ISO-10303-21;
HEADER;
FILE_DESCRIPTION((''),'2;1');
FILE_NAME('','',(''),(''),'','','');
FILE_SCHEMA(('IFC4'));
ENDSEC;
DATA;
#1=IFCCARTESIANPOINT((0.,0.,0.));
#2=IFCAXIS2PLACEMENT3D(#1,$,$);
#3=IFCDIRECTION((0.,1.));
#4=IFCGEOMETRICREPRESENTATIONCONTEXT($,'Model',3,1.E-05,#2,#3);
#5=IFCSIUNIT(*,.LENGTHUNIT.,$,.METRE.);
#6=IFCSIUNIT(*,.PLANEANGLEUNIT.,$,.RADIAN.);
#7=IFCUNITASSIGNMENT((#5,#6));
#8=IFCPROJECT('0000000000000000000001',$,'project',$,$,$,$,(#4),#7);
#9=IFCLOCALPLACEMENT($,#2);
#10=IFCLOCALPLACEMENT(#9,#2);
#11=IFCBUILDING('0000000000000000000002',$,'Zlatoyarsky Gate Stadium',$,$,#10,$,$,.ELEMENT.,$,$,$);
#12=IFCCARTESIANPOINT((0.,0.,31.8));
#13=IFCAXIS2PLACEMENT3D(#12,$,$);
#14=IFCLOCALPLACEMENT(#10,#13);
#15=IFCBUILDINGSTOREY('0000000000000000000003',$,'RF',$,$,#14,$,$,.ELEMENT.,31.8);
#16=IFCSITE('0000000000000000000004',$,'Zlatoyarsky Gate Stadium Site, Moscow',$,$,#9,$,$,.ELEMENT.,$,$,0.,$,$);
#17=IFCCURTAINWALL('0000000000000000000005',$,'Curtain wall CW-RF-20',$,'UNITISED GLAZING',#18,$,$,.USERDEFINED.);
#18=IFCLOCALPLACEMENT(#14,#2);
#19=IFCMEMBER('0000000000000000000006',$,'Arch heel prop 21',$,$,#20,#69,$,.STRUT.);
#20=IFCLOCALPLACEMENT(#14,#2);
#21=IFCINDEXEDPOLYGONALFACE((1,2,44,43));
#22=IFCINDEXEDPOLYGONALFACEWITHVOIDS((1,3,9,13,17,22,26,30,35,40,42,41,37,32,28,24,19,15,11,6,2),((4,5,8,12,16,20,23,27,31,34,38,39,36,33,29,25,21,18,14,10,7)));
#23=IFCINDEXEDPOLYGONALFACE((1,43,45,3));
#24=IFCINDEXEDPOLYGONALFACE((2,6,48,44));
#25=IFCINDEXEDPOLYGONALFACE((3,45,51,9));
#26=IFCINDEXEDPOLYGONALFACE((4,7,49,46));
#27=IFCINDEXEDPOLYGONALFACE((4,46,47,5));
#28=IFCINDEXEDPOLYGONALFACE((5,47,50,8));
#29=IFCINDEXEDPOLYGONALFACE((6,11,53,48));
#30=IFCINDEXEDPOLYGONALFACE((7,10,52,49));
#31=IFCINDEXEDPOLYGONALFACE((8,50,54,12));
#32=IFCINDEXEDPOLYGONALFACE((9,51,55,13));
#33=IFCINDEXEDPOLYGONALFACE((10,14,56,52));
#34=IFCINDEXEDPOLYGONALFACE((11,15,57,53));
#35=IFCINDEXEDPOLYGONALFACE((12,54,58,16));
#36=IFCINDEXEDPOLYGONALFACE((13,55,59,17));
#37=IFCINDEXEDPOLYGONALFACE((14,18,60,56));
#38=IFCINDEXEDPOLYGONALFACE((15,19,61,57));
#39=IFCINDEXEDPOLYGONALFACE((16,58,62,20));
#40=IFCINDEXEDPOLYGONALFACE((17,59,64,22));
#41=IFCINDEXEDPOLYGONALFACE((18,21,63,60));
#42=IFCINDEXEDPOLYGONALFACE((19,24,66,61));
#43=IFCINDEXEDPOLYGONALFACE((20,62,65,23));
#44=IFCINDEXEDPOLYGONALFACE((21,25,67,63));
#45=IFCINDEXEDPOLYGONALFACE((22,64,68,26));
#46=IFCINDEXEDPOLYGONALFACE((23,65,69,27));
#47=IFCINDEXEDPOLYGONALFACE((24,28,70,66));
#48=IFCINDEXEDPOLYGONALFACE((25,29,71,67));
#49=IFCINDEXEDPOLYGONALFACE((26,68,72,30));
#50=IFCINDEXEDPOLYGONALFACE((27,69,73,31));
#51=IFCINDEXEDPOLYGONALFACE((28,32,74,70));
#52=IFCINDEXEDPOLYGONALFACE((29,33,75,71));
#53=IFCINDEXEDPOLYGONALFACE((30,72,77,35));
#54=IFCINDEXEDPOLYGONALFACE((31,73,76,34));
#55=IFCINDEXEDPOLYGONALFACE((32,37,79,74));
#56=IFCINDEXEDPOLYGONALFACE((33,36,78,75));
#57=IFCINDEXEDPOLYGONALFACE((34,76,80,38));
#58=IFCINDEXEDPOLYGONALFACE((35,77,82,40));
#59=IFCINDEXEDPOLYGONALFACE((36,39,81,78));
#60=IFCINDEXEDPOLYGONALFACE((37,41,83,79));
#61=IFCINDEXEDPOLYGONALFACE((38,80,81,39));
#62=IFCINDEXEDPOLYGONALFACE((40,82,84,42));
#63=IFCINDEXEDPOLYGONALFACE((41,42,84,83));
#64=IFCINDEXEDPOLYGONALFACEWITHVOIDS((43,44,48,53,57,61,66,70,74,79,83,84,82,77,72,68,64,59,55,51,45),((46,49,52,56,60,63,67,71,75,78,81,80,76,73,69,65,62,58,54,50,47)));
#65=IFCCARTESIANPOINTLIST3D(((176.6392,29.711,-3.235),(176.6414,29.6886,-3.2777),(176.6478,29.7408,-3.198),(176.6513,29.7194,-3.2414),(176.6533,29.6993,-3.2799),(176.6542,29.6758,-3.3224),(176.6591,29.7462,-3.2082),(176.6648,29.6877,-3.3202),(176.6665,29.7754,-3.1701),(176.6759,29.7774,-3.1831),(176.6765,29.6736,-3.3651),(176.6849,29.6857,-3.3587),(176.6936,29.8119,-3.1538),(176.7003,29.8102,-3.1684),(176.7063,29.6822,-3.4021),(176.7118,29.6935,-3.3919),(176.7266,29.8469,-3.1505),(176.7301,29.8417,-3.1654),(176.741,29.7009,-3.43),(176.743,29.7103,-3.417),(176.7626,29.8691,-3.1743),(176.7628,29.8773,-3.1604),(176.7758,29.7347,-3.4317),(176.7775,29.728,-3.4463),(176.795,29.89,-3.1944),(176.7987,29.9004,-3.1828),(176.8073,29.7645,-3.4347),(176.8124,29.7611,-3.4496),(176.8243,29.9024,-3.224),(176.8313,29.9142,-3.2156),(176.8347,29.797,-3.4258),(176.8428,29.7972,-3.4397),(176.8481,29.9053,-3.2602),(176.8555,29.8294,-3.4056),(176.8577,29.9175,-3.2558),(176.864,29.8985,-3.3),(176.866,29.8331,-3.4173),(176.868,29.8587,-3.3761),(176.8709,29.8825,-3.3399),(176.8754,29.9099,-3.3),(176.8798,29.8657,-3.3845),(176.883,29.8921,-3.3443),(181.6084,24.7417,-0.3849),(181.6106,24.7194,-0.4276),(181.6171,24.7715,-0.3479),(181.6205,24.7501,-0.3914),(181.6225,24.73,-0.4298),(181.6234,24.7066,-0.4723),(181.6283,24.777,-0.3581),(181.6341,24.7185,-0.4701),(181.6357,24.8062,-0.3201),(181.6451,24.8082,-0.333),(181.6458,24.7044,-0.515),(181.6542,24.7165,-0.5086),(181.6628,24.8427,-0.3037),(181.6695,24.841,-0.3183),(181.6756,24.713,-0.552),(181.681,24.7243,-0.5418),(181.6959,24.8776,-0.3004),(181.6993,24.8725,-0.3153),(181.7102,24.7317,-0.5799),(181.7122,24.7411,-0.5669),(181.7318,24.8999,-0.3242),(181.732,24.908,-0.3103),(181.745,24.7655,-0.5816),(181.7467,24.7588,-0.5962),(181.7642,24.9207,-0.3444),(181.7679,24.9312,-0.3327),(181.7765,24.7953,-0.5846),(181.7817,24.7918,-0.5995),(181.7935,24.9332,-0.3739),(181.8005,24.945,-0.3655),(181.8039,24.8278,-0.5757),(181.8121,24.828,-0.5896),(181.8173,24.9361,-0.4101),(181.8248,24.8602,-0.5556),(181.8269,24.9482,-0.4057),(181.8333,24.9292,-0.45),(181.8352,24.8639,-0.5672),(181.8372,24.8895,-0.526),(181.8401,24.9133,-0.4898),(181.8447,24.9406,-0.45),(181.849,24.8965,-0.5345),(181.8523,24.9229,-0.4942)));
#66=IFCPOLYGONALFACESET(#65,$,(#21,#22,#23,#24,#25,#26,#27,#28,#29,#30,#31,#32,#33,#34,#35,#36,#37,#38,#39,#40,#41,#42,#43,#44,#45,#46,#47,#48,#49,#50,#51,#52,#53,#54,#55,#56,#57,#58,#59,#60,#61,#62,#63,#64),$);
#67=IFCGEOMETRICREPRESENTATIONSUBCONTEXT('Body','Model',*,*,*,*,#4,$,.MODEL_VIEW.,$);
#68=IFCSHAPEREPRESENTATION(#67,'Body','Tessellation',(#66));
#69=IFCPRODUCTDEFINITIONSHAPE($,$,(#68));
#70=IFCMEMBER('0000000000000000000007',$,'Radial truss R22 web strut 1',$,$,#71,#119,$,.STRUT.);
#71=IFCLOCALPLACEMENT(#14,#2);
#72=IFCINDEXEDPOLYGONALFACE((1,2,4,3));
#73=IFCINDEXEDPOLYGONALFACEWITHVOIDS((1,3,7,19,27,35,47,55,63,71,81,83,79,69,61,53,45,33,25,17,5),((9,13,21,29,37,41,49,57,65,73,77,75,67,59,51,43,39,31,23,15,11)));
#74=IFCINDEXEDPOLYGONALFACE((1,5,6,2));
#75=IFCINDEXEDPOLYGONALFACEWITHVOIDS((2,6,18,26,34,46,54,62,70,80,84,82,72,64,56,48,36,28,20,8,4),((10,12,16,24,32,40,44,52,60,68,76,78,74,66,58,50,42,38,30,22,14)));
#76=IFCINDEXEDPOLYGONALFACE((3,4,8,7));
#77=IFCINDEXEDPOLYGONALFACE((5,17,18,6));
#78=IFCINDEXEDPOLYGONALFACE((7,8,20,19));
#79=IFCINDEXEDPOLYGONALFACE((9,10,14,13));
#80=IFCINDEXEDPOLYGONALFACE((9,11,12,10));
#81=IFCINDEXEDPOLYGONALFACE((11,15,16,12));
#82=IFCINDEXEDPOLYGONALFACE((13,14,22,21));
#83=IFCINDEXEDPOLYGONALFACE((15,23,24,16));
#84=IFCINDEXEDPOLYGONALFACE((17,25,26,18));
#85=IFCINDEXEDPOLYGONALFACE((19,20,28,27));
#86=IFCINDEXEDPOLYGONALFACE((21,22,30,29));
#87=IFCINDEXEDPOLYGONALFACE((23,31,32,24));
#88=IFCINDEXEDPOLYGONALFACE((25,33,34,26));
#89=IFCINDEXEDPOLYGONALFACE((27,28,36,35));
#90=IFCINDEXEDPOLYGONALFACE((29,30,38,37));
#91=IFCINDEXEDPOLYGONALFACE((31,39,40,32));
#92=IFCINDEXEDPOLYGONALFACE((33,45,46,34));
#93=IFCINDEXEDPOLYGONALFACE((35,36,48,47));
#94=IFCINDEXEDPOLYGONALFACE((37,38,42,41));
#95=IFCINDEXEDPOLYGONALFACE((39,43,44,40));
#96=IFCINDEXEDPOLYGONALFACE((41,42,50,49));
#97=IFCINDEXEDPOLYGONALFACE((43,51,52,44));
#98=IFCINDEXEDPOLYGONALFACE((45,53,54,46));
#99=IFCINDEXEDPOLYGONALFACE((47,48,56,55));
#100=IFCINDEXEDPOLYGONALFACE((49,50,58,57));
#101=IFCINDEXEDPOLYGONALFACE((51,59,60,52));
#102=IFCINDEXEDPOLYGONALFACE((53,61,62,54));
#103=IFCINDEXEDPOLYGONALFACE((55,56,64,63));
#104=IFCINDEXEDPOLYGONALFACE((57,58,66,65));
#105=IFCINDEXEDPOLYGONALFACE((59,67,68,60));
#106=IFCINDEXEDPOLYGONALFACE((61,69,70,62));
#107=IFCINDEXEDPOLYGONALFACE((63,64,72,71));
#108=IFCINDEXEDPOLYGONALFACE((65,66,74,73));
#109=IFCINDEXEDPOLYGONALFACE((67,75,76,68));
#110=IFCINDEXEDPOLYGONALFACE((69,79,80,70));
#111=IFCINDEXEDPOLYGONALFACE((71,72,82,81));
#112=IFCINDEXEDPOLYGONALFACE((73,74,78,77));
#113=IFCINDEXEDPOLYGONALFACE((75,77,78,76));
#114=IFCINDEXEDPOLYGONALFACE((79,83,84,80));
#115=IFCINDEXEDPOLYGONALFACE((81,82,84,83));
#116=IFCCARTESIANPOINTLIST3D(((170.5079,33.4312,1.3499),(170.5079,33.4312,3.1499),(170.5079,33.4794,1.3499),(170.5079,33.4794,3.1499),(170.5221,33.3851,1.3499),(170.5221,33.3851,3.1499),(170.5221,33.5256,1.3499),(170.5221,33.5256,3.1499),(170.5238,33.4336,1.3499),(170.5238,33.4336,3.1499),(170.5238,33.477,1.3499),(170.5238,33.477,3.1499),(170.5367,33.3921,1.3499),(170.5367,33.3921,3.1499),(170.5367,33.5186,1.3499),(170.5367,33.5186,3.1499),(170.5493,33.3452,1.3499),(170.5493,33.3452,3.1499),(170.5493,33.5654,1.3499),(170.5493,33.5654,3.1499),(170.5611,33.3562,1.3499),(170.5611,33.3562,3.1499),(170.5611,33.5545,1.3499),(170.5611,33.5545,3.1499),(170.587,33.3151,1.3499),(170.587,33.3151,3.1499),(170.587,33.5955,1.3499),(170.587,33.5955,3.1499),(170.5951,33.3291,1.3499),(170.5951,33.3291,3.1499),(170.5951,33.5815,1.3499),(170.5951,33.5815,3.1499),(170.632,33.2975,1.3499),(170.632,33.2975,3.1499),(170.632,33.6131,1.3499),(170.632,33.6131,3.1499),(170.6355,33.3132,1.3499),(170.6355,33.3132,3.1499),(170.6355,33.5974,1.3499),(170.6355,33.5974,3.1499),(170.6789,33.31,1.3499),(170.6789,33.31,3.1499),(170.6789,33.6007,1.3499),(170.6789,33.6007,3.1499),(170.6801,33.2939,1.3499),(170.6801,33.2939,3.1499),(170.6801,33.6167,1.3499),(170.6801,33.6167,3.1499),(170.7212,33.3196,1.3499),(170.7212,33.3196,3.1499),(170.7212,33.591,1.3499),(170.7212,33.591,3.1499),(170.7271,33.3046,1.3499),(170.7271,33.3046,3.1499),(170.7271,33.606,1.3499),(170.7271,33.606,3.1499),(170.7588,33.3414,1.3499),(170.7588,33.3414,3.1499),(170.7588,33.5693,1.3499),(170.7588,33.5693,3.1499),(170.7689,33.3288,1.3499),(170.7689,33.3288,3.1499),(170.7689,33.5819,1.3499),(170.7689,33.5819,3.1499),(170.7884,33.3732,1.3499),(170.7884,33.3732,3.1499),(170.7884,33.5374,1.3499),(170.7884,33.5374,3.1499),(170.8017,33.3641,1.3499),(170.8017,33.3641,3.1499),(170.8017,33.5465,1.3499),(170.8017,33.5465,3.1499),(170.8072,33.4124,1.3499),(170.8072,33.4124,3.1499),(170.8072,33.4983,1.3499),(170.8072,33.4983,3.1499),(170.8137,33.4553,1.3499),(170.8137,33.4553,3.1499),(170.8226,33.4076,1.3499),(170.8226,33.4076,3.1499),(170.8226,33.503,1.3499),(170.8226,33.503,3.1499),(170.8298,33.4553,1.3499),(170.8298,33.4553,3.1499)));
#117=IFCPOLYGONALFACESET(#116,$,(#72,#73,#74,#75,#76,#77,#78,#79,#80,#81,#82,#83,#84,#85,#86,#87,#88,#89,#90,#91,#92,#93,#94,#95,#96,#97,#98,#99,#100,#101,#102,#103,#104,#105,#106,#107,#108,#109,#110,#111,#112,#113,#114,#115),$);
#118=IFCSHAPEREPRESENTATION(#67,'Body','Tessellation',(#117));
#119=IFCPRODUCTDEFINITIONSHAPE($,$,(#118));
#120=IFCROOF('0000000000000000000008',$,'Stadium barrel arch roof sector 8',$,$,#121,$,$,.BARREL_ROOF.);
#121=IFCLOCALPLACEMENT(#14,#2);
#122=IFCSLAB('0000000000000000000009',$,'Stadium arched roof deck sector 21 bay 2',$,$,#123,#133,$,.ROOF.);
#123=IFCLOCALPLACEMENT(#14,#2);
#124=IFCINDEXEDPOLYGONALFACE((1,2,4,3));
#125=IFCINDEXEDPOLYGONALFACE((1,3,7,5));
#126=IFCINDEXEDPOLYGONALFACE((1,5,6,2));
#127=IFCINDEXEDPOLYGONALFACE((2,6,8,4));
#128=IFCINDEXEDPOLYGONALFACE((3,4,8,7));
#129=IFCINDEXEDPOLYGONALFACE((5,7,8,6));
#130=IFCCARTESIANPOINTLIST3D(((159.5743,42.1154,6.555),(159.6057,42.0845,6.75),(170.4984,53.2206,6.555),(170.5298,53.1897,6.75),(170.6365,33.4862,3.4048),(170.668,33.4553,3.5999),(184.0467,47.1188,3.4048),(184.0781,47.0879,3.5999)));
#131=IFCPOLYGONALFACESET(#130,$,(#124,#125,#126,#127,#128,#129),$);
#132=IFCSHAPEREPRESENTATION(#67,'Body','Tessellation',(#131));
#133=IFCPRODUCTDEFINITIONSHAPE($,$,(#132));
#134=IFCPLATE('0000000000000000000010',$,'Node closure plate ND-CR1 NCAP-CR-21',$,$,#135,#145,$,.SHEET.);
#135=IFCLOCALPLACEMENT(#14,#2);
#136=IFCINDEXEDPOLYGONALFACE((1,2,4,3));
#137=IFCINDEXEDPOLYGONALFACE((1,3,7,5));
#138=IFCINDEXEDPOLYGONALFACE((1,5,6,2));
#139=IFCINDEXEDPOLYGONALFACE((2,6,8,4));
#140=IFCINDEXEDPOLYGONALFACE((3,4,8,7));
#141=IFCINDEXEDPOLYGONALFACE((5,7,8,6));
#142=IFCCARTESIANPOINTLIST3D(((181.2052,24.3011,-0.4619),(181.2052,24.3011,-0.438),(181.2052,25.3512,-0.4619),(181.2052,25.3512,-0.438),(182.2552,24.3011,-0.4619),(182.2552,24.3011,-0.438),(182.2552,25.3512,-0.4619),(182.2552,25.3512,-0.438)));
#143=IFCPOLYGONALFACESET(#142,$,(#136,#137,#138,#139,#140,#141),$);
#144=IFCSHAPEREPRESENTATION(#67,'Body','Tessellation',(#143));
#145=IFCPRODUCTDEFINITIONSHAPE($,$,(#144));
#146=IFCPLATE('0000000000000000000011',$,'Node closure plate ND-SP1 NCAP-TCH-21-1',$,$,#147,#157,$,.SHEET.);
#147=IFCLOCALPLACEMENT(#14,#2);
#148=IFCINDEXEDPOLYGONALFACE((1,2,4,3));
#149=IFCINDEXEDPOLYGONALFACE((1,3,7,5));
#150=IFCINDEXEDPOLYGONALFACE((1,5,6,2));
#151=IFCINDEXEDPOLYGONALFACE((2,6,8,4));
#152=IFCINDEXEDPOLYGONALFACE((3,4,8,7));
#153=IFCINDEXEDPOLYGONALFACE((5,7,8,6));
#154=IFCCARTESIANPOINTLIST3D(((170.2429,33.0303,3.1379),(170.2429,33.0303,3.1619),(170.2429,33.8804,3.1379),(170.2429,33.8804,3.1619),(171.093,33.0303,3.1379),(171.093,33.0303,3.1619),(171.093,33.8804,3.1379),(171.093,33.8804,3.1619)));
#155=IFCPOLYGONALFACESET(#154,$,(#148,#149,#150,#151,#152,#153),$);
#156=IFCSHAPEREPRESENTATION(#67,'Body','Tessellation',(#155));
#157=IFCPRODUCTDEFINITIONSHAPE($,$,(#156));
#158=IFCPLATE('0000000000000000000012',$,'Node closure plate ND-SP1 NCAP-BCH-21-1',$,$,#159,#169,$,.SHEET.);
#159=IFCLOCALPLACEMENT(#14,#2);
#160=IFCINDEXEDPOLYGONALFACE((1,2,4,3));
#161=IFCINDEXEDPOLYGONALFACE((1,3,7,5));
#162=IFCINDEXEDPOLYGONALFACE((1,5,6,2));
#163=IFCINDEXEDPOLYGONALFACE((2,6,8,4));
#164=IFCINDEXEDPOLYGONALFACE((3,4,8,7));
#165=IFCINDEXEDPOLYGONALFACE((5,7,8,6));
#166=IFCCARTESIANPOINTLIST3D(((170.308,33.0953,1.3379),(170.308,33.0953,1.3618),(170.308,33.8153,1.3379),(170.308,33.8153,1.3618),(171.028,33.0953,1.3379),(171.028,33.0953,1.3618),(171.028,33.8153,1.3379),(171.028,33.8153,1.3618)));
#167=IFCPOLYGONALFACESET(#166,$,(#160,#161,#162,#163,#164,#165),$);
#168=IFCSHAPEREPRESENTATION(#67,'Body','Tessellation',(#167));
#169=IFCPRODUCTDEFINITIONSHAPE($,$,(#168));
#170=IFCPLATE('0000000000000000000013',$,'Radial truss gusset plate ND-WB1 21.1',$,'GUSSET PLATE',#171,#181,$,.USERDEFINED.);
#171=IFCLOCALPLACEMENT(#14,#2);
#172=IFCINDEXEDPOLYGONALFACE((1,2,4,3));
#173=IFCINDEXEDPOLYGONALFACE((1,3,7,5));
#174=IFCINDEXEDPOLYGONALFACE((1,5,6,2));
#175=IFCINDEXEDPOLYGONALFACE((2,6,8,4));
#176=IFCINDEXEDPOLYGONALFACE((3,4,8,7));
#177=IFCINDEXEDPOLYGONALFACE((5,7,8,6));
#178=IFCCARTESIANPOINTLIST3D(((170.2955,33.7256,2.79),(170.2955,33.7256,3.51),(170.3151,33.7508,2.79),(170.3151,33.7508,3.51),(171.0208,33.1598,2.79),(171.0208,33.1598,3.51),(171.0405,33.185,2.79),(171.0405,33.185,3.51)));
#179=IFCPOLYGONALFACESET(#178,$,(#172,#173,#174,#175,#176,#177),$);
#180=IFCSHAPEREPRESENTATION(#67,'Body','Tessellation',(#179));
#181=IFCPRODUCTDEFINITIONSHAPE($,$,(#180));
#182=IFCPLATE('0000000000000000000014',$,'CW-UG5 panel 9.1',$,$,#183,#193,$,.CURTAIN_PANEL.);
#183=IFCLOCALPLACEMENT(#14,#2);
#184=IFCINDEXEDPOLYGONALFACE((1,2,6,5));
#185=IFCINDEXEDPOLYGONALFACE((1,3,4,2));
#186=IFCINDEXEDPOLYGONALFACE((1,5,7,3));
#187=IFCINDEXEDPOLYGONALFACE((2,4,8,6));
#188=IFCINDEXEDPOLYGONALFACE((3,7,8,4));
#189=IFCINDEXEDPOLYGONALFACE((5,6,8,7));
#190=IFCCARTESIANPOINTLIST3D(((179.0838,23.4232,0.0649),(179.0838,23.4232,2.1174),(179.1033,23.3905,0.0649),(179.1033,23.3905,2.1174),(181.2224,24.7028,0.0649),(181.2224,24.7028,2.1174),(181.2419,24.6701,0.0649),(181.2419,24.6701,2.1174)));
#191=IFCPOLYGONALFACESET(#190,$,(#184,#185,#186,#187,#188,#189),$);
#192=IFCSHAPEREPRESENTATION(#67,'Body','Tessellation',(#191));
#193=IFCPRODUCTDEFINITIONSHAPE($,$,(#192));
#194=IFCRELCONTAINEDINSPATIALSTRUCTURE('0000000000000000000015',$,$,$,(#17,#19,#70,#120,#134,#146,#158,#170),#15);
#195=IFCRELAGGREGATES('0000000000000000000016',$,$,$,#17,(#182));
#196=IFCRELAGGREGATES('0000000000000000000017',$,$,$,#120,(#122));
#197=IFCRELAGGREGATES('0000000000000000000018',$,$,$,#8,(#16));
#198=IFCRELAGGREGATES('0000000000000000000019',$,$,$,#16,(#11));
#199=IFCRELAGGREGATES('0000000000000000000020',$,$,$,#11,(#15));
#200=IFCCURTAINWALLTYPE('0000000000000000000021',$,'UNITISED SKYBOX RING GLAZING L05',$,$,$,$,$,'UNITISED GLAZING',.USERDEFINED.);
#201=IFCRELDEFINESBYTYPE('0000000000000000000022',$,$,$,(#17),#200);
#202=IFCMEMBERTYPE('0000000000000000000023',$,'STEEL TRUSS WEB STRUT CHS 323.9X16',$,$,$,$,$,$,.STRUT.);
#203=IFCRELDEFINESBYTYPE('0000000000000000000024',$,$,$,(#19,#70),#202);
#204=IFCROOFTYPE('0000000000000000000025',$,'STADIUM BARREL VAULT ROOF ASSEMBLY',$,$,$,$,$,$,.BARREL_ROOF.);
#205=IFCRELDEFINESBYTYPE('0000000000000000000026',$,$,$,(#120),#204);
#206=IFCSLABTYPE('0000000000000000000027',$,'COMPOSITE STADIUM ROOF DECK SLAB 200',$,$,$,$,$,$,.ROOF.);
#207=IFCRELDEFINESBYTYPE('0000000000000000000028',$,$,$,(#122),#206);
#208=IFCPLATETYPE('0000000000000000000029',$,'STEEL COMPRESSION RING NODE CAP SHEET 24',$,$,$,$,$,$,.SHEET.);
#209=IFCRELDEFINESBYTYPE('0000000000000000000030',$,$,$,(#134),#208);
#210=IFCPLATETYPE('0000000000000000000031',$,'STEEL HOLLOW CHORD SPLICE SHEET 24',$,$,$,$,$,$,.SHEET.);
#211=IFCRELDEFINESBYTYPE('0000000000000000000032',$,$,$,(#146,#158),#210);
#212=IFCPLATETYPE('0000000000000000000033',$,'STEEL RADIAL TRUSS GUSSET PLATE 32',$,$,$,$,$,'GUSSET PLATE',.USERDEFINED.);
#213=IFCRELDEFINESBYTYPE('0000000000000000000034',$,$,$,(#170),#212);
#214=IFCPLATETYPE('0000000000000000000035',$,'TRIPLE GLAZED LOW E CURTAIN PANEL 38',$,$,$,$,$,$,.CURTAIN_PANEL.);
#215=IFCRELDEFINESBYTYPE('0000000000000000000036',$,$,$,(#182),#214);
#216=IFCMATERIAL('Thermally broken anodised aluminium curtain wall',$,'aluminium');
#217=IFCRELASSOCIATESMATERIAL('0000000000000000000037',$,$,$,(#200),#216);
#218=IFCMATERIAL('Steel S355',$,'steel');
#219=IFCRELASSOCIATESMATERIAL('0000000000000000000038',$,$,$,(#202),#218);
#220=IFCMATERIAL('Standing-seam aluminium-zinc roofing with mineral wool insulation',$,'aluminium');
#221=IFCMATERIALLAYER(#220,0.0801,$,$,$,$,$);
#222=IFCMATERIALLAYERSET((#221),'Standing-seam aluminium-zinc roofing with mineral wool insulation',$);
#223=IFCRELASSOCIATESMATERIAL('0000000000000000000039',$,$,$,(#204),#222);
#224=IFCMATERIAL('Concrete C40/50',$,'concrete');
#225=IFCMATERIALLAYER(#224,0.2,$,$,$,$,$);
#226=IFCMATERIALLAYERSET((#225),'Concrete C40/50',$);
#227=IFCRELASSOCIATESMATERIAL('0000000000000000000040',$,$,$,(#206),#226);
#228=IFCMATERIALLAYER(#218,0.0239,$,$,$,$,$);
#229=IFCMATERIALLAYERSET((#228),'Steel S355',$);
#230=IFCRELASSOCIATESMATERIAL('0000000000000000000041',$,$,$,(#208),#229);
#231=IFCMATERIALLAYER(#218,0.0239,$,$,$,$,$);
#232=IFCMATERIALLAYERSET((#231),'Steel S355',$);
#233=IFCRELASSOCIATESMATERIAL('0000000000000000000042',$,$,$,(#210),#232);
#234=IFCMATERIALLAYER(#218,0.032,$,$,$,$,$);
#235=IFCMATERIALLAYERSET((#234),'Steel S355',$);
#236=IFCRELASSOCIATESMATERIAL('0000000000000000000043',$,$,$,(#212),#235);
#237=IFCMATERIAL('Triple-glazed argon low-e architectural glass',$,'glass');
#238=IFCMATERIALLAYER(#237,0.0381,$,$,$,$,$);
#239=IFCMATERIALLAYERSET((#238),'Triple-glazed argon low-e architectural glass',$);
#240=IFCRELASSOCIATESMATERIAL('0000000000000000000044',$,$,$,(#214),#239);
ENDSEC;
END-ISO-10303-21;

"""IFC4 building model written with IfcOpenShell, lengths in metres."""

from ifc_helpers import new_model, si_unit, direction, frame, origin, origin_2d, place, context, subcontext, project, spatial, polyline, rectangle, hollow_circle, outline, extrude, material, layer, layer_set, material_profile, profile_set, type_object, element, aggregate, save


model = new_model("IFC4")

# Units and contexts
model_context = context("Model", 3, precision=1e-05, world=origin(), true_north=direction((0.0, 1.0)))
body_context = subcontext(model_context, "Body", "Model", "MODEL_VIEW")
ifc_project = project(units=[si_unit("LENGTHUNIT", "METRE"), si_unit("PLANEANGLEUNIT", "RADIAN")], contexts=[model_context])

# Site, building, storey
site_placement = place(None, origin())
site = spatial("IfcSite", under=ifc_project, at=site_placement, Name="Zlatoyarsky Gate Stadium Site, Moscow", CompositionType="ELEMENT", RefElevation=0.0)
building_placement = place(site_placement, origin())
building = spatial("IfcBuilding", under=site, at=building_placement, Name="Zlatoyarsky Gate Stadium", CompositionType="ELEMENT")
storey_placement = place(building_placement, frame((0.0, 0.0, 31.8)))
storey = spatial("IfcBuildingStorey", under=building, at=storey_placement, Name="RF", CompositionType="ELEMENT", Elevation=31.8)

# Curtain wall
ifc_material_1 = material(Name="Thermally broken anodised aluminium curtain wall", Category="aluminium")
curtain_wall_type = type_object("IfcCurtainWallType", Name="UNITISED SKYBOX RING GLAZING L05", ElementType="UNITISED GLAZING", PredefinedType="USERDEFINED", material=ifc_material_1)
curtain_wall_placement = place(storey_placement, origin())
curtain_wall = element("IfcCurtainWall", 1, at=curtain_wall_placement, inside=storey, type_object=curtain_wall_type, Name="Curtain wall CW-RF-20", ObjectType="UNITISED GLAZING", PredefinedType="USERDEFINED")

# Shared definitions
ifc_material_2 = material(Name="Steel S355", Category="steel")

# Members
ifc_material_profile_1 = material_profile(ifc_material_2, hollow_circle(Radius=0.1619, WallThickness=0.0161, at=origin_2d()), Name="CHS 323.9X16")
ifc_profile_set_1 = profile_set([ifc_material_profile_1], Name="Steel S355")
member_type_1 = type_object("IfcMemberType", Name="STEEL TRUSS WEB STRUT CHS 323.9X16", PredefinedType="STRUT", material=ifc_profile_set_1)
member_1_placement = place(storey_placement, frame((176.761, 29.7954, -3.3), z_axis=(0.655268, -0.655268, 0.375828), x_axis=(0.707107, 0.707107, 0.0)))
element("IfcMember", 2, at=member_1_placement, inside=storey, type_object=member_type_1, Name="Arch heel prop 21", PredefinedType="STRUT", context=body_context, shape_type="SweptSolid", body=[
    extrude(hollow_circle(Radius=0.1619, WallThickness=0.0161, at=origin_2d()), origin(), (0.0, 0.0, 1.0), 7.5835),
])
member_2_placement = place(storey_placement, frame((170.668, 33.4553, 1.3499), z_axis=(0.0, 0.0, 1.0), x_axis=(1.0, 0.0, 0.0)))
element("IfcMember", 3, at=member_2_placement, inside=storey, type_object=member_type_1, Name="Radial truss R22 web strut 1", PredefinedType="STRUT", context=body_context, shape_type="SweptSolid", body=[
    extrude(hollow_circle(Radius=0.1619, WallThickness=0.0161, at=origin_2d()), origin(), (0.0, 0.0, 1.0), 1.8),
])

# Roof, slab
ifc_material_3 = material(Name="Standing-seam aluminium-zinc roofing with mineral wool insulation", Category="aluminium")
ifc_layer_1 = layer(ifc_material_3, 0.0801)
ifc_layer_set_1 = layer_set([ifc_layer_1], Name="Standing-seam aluminium-zinc roofing with mineral wool insulation")
roof_type = type_object("IfcRoofType", Name="STADIUM BARREL VAULT ROOF ASSEMBLY", PredefinedType="BARREL_ROOF", material=ifc_layer_set_1)
roof_placement = place(storey_placement, origin())
roof = element("IfcRoof", 4, at=roof_placement, inside=storey, type_object=roof_type, Name="Stadium barrel arch roof sector 8", PredefinedType="BARREL_ROOF")
ifc_material_4 = material(Name="Concrete C40/50", Category="concrete")
ifc_layer_2 = layer(ifc_material_4, 0.2)
ifc_layer_set_2 = layer_set([ifc_layer_2], Name="Concrete C40/50")
slab_type = type_object("IfcSlabType", Name="COMPOSITE STADIUM ROOF DECK SLAB 200", PredefinedType="ROOF", material=ifc_layer_set_2)
slab_placement = place(storey_placement, frame((170.668, 33.4553, 3.5999), z_axis=(0.157163, -0.1546, 0.975397), x_axis=(0.701268, 0.712898, 0.0)))
slab = element("IfcSlab", 5, at=slab_placement, type_object=slab_type, Name="Stadium arched roof deck sector 21 bay 2", PredefinedType="ROOF", context=body_context, shape_type="SweptSolid", body=[
    extrude(outline(polyline([(0.0, 0.0), (19.1227, 0.0), (13.9717, 14.2891), (-1.6059, 14.2892), (0.0, 0.0)])), origin(), (0.0, 0.0, -1.0), 0.2),
])

# Plates
ifc_layer_3 = layer(ifc_material_2, 0.0239)
ifc_layer_set_3 = layer_set([ifc_layer_3], Name="Steel S355")
plate_type_1 = type_object("IfcPlateType", Name="STEEL COMPRESSION RING NODE CAP SHEET 24", PredefinedType="SHEET", material=ifc_layer_set_3)
plate_1_placement = place(storey_placement, frame((181.7302, 24.8262, -0.4619), z_axis=(0.0, 0.0, 1.0), x_axis=(1.0, 0.0, 0.0)))
element("IfcPlate", 6, at=plate_1_placement, inside=storey, type_object=plate_type_1, Name="Node closure plate ND-CR1 NCAP-CR-21", PredefinedType="SHEET", context=body_context, shape_type="SweptSolid", body=[
    extrude(rectangle(XDim=1.05, YDim=1.05, at=origin_2d()), origin(), (0.0, 0.0, 1.0), 0.0239),
])
ifc_layer_4 = layer(ifc_material_2, 0.0239)
ifc_layer_set_4 = layer_set([ifc_layer_4], Name="Steel S355")
plate_type_2 = type_object("IfcPlateType", Name="STEEL HOLLOW CHORD SPLICE SHEET 24", PredefinedType="SHEET", material=ifc_layer_set_4)
plate_2_placement = place(storey_placement, frame((170.668, 33.4553, 3.1379), z_axis=(0.0, 0.0, 1.0), x_axis=(1.0, 0.0, 0.0)))
element("IfcPlate", 7, at=plate_2_placement, inside=storey, type_object=plate_type_2, Name="Node closure plate ND-SP1 NCAP-TCH-21-1", PredefinedType="SHEET", context=body_context, shape_type="SweptSolid", body=[
    extrude(rectangle(XDim=0.8501, YDim=0.8501, at=origin_2d()), origin(), (0.0, 0.0, 1.0), 0.0239),
])
plate_3_placement = place(storey_placement, frame((170.668, 33.4553, 1.3379), z_axis=(0.0, 0.0, 1.0), x_axis=(1.0, 0.0, 0.0)))
element("IfcPlate", 8, at=plate_3_placement, inside=storey, type_object=plate_type_2, Name="Node closure plate ND-SP1 NCAP-BCH-21-1", PredefinedType="SHEET", context=body_context, shape_type="SweptSolid", body=[
    extrude(rectangle(XDim=0.72, YDim=0.72, at=origin_2d()), origin(), (0.0, 0.0, 1.0), 0.0239),
])
ifc_layer_5 = layer(ifc_material_2, 0.032)
ifc_layer_set_5 = layer_set([ifc_layer_5], Name="Steel S355")
plate_type_3 = type_object("IfcPlateType", Name="STEEL RADIAL TRUSS GUSSET PLATE 32", ElementType="GUSSET PLATE", PredefinedType="USERDEFINED", material=ifc_layer_set_5)
plate_4_placement = place(storey_placement, frame((170.668, 33.4553, 2.79), z_axis=(0.0, 0.0, 1.0), x_axis=(-0.788479, 0.615062, 0.0)))
element("IfcPlate", 9, at=plate_4_placement, inside=storey, type_object=plate_type_3, Name="Radial truss gusset plate ND-WB1 21.1", ObjectType="GUSSET PLATE", PredefinedType="USERDEFINED", context=body_context, shape_type="SweptSolid", body=[
    extrude(rectangle(XDim=0.9199, YDim=0.032, at=origin_2d()), origin(), (0.0, 0.0, 1.0), 0.72),
])

# Plate
ifc_material_5 = material(Name="Triple-glazed argon low-e architectural glass", Category="glass")
ifc_layer_6 = layer(ifc_material_5, 0.0381)
ifc_layer_set_6 = layer_set([ifc_layer_6], Name="Triple-glazed argon low-e architectural glass")
plate_type_4 = type_object("IfcPlateType", Name="TRIPLE GLAZED LOW E CURTAIN PANEL 38", PredefinedType="CURTAIN_PANEL", material=ifc_layer_set_6)
plate_5_placement = place(storey_placement, frame((180.1628, 24.0466, 0.0649), z_axis=(0.0, 0.0, 1.0), x_axis=(0.858128, 0.513436, 0.0)))
plate_5 = element("IfcPlate", 10, at=plate_5_placement, type_object=plate_type_4, Name="CW-UG5 panel 9.1", PredefinedType="CURTAIN_PANEL", context=body_context, shape_type="SweptSolid", body=[
    extrude(rectangle(XDim=2.4922, YDim=0.0381, at=origin_2d()), origin(), (0.0, 0.0, 1.0), 2.0525),
])
aggregate(curtain_wall, [plate_5])

aggregate(roof, [slab])

save(model, "model.ifc")
